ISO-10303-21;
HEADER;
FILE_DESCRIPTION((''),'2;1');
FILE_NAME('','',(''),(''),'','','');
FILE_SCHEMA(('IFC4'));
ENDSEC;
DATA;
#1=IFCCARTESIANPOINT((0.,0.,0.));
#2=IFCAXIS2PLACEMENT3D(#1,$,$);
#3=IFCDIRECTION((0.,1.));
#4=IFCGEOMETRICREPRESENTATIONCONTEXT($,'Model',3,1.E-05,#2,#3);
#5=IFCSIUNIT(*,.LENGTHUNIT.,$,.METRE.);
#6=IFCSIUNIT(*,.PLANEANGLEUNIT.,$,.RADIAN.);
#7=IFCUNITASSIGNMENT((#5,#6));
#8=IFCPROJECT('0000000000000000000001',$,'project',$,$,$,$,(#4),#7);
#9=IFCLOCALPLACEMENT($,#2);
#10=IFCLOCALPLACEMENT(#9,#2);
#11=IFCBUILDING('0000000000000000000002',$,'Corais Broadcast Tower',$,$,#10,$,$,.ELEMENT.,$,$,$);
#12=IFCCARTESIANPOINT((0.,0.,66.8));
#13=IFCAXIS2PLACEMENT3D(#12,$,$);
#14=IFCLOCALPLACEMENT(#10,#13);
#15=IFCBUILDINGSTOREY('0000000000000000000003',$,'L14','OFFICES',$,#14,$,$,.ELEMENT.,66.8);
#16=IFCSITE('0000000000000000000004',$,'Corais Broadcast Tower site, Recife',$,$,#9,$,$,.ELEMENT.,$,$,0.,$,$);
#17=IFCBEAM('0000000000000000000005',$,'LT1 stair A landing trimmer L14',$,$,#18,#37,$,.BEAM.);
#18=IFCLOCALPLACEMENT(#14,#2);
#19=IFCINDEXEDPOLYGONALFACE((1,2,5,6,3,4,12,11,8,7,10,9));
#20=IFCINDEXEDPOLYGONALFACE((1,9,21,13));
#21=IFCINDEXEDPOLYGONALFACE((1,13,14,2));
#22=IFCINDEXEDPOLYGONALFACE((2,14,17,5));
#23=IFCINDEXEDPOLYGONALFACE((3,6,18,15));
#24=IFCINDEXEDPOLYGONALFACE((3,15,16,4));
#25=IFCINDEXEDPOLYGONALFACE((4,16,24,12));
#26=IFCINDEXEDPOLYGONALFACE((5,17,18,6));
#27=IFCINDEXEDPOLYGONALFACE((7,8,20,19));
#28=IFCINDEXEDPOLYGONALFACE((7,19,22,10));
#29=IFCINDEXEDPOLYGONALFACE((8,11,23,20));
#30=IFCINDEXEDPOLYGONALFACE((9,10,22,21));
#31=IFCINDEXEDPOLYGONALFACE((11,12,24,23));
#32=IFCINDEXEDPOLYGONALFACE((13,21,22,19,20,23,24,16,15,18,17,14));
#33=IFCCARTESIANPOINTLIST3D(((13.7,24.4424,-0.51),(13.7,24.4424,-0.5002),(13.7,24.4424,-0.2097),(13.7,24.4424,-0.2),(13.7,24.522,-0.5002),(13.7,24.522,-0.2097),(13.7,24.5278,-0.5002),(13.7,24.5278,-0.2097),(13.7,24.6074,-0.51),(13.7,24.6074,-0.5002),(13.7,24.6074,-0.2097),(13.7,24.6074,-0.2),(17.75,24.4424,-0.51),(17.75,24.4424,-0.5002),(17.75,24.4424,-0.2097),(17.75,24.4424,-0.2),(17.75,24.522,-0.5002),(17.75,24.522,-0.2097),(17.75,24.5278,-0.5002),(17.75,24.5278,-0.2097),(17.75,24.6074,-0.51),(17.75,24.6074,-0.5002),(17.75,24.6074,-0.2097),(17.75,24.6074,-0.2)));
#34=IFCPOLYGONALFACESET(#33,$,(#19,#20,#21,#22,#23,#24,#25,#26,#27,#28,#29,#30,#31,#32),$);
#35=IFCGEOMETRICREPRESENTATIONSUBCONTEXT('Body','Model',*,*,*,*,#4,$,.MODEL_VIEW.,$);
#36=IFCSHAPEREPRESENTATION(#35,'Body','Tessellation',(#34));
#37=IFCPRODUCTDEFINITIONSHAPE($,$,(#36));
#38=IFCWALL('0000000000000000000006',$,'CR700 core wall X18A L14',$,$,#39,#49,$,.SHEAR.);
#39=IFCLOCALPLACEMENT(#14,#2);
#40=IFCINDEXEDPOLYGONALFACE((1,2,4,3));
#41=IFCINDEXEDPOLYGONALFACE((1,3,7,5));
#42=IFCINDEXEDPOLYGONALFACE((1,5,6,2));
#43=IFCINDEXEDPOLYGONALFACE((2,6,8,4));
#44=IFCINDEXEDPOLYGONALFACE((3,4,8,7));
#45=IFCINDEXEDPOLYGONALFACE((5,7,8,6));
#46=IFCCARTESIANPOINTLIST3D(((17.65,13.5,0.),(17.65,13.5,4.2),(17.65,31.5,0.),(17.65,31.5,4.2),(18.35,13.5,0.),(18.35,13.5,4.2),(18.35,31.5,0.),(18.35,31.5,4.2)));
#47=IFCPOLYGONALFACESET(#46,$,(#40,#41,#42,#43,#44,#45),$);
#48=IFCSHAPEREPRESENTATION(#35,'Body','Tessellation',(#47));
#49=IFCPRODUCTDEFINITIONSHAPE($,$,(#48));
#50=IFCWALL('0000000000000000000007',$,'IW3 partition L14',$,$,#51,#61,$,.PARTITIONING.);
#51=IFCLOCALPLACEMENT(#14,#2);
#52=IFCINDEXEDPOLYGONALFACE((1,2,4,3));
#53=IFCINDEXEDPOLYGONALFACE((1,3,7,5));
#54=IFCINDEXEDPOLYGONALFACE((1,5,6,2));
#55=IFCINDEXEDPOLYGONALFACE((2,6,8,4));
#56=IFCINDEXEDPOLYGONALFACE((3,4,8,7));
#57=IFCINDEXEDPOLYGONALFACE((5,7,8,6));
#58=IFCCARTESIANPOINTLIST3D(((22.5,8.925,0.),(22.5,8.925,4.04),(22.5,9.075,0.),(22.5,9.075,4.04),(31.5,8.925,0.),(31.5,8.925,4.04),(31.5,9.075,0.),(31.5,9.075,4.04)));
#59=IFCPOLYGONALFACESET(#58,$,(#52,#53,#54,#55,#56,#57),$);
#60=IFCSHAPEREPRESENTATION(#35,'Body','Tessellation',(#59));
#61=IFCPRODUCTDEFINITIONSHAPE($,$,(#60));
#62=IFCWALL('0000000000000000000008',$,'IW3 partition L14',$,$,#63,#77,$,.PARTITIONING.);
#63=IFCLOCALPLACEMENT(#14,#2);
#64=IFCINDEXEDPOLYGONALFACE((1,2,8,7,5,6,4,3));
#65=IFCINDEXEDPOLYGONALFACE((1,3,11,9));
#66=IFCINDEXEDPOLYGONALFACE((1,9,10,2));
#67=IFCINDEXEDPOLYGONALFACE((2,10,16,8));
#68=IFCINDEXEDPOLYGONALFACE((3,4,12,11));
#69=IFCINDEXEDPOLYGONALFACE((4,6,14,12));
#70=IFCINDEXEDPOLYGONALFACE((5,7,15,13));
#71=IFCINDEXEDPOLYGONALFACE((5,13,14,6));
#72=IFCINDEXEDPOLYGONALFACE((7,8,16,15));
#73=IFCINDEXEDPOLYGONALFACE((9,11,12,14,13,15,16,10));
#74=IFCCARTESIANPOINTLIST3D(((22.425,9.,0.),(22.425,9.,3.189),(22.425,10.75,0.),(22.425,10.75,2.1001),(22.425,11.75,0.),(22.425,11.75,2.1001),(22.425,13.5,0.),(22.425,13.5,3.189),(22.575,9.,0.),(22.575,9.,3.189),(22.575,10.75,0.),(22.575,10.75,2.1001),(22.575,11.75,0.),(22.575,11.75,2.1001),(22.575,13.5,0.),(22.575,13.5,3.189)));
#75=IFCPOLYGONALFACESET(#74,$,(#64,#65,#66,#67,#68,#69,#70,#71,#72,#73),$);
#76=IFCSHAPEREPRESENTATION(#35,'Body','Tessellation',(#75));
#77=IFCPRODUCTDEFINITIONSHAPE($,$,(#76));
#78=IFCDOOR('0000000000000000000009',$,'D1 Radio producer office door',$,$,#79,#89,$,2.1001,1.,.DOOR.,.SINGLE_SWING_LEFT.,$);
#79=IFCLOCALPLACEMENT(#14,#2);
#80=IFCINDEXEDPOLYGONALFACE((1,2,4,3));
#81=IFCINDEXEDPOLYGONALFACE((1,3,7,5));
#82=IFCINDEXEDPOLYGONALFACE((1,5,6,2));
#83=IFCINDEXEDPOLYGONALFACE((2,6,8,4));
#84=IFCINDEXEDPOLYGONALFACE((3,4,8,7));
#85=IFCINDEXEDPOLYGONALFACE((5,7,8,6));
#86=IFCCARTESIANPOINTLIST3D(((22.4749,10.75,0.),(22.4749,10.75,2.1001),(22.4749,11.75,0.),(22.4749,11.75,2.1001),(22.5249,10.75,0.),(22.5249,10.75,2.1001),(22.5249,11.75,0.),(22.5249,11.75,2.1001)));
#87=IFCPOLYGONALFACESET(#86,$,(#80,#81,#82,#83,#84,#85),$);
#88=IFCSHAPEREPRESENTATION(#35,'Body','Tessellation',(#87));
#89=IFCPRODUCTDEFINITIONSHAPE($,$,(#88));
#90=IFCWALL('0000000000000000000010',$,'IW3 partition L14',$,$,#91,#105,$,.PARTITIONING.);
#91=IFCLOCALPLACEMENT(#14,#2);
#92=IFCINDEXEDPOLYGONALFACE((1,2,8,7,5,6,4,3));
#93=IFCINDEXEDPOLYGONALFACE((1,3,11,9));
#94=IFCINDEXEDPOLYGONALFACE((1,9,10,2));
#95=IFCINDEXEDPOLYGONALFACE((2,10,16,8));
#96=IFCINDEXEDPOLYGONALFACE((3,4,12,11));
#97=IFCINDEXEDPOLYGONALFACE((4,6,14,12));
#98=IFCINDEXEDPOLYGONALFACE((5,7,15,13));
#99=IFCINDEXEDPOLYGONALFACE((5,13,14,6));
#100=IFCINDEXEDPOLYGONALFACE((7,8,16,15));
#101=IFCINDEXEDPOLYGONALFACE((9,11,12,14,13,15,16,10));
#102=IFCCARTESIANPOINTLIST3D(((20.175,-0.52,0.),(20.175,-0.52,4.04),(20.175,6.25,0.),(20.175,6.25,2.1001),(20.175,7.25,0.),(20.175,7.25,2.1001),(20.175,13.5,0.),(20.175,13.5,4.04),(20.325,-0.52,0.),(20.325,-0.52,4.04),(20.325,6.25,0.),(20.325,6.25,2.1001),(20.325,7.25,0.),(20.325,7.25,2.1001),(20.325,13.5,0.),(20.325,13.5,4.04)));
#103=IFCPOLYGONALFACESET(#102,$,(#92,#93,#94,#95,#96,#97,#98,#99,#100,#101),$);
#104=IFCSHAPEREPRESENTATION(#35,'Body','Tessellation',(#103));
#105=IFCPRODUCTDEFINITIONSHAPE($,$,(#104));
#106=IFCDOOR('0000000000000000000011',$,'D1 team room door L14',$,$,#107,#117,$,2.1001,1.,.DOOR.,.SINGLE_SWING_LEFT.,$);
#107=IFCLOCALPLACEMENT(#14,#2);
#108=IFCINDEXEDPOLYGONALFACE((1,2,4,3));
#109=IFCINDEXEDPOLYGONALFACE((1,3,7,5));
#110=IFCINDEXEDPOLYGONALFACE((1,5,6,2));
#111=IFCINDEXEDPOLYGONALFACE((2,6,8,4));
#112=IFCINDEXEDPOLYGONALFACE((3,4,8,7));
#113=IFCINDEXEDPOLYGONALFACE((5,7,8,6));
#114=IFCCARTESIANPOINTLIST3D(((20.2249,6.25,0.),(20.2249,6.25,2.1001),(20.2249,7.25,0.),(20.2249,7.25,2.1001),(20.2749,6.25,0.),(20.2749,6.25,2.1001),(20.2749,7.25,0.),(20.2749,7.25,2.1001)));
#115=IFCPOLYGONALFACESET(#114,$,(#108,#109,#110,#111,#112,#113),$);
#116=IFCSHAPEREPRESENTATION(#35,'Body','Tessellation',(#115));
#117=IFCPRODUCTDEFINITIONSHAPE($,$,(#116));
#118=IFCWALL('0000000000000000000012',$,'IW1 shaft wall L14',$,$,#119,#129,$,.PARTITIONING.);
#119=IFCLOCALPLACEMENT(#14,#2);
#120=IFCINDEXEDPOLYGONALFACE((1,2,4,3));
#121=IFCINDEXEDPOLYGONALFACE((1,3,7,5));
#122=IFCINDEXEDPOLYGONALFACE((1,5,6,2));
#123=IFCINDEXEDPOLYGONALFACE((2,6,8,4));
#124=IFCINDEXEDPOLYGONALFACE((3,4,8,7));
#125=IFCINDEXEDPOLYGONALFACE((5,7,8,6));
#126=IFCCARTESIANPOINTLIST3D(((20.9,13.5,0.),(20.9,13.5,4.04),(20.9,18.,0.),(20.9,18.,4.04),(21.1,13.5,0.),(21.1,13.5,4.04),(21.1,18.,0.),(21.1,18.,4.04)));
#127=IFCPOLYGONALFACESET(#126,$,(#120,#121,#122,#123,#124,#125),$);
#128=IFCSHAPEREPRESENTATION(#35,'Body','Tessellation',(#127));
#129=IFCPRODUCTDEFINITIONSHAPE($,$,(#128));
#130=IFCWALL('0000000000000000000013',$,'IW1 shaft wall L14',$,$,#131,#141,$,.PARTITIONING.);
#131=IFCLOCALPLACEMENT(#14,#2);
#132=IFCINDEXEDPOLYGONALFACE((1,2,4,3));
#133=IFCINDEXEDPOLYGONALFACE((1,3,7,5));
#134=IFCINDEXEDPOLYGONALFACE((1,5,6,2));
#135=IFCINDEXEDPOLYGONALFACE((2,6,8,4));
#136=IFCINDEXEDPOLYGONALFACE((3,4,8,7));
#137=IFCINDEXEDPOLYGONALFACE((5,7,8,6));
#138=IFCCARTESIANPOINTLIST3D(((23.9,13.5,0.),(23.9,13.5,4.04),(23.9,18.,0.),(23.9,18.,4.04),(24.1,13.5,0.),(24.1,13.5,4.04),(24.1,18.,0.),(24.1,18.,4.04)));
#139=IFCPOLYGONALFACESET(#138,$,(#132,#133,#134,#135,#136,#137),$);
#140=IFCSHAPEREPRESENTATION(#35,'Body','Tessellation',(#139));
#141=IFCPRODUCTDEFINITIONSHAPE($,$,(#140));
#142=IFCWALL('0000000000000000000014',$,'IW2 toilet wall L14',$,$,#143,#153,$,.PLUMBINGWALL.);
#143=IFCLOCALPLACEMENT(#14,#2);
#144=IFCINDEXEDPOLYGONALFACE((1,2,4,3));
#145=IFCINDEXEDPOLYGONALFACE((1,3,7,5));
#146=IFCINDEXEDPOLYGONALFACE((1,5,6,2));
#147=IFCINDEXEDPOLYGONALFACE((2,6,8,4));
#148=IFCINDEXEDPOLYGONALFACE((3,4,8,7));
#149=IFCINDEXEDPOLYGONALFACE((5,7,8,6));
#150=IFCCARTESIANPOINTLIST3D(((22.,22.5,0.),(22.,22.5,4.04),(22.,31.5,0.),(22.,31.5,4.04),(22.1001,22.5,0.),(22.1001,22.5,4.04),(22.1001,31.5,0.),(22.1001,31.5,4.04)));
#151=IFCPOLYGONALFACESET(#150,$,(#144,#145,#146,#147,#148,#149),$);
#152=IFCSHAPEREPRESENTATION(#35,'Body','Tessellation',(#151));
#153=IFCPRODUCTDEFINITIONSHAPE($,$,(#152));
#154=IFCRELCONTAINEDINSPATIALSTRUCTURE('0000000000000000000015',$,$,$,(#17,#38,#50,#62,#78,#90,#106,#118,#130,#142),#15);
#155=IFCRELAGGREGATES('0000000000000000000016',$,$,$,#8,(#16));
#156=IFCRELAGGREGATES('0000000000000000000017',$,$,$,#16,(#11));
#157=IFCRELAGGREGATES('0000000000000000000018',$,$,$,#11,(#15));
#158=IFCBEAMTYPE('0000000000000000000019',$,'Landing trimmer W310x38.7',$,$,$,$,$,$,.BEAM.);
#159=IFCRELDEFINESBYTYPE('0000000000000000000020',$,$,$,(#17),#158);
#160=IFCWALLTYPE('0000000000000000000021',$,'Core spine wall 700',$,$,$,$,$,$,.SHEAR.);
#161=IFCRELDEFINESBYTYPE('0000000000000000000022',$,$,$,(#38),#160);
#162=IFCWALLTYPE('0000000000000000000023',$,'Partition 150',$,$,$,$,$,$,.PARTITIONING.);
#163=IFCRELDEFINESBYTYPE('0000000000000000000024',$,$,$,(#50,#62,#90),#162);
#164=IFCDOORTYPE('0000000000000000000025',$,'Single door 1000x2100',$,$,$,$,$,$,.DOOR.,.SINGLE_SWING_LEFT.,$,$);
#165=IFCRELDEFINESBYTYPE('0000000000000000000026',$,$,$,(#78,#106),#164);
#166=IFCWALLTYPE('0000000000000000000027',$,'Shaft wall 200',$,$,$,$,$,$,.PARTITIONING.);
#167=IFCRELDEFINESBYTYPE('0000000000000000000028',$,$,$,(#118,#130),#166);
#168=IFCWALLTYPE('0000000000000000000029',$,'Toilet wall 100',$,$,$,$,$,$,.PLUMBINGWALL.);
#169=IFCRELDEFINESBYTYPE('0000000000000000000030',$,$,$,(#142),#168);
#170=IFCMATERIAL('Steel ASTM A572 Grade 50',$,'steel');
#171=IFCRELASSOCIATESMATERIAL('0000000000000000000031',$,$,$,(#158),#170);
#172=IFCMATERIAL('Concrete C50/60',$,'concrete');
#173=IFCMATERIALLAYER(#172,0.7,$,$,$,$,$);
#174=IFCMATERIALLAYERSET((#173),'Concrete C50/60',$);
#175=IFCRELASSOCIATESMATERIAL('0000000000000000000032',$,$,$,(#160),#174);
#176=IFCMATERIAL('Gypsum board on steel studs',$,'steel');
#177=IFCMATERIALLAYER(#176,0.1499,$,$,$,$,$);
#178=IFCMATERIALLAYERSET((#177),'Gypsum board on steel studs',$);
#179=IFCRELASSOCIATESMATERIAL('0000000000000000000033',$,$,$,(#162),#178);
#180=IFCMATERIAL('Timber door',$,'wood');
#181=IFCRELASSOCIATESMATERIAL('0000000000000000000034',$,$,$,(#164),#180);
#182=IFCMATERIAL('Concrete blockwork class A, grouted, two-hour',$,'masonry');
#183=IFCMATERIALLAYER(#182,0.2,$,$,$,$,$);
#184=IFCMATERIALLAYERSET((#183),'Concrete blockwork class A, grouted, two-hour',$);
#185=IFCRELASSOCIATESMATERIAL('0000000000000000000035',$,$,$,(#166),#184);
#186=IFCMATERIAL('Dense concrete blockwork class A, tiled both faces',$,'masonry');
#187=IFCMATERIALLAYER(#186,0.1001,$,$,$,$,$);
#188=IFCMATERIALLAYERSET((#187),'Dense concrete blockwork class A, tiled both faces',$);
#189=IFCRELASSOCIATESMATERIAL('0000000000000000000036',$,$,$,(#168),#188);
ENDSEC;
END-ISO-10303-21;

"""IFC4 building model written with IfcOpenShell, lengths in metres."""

from ifc_helpers import new_model, si_unit, direction, frame, frame_2d, origin, origin_2d, place, context, subcontext, project, spatial, rectangle, i_section, extrude, material, layer, layer_set, material_profile, profile_set, type_object, element, fill, save


model = new_model("IFC4")

# Units and contexts
model_context = context("Model", 3, precision=1e-05, world=origin(), true_north=direction((0.0, 1.0)))
body_context = subcontext(model_context, "Body", "Model", "MODEL_VIEW")
ifc_project = project(units=[si_unit("LENGTHUNIT", "METRE"), si_unit("PLANEANGLEUNIT", "RADIAN")], contexts=[model_context])

# Site, building, storey
site_placement = place(None, origin())
site = spatial("IfcSite", under=ifc_project, at=site_placement, Name="Corais Broadcast Tower site, Recife", CompositionType="ELEMENT", RefElevation=0.0)
building_placement = place(site_placement, origin())
building = spatial("IfcBuilding", under=site, at=building_placement, Name="Corais Broadcast Tower", CompositionType="ELEMENT")
storey_placement = place(building_placement, frame((0.0, 0.0, 66.8)))
storey = spatial("IfcBuildingStorey", under=building, at=storey_placement, Name="L14", Description="OFFICES", CompositionType="ELEMENT", Elevation=66.8)

# Beam
ifc_material_1 = material(Name="Steel ASTM A572 Grade 50", Category="steel")
ifc_material_profile = material_profile(ifc_material_1, i_section(OverallWidth=0.165, OverallDepth=0.3101, WebThickness=0.0059, FlangeThickness=0.0098, at=origin_2d()), Name="W310x38.7")
ifc_profile_set = profile_set([ifc_material_profile], Name="Steel ASTM A572 Grade 50")
beam_type = type_object("IfcBeamType", Name="Landing trimmer W310x38.7", PredefinedType="BEAM", material=ifc_profile_set)
beam_placement = place(storey_placement, frame((13.7, 24.5249, -0.355), z_axis=(1.0, 0.0, 0.0), x_axis=(0.0, 1.0, 0.0)))
element("IfcBeam", 1, at=beam_placement, inside=storey, type_object=beam_type, Name="LT1 stair A landing trimmer L14", PredefinedType="BEAM", context=body_context, shape_type="SweptSolid", body=[
    extrude(i_section(OverallWidth=0.165, OverallDepth=0.3101, WebThickness=0.0059, FlangeThickness=0.0098, at=origin_2d()), origin(), (0.0, 0.0, 1.0), 4.05),
])

# Walls
ifc_material_2 = material(Name="Concrete C50/60", Category="concrete")
ifc_layer_1 = layer(ifc_material_2, 0.7)
ifc_layer_set_1 = layer_set([ifc_layer_1], Name="Concrete C50/60")
wall_type_1 = type_object("IfcWallType", Name="Core spine wall 700", PredefinedType="SHEAR", material=ifc_layer_set_1)
wall_1_placement = place(storey_placement, frame((18.0, 13.5, 0.0), z_axis=(0.0, 0.0, 1.0), x_axis=(0.0, 1.0, 0.0)))
element("IfcWall", 2, at=wall_1_placement, inside=storey, type_object=wall_type_1, Name="CR700 core wall X18A L14", PredefinedType="SHEAR", context=body_context, shape_type="SweptSolid", body=[
    extrude(rectangle(XDim=18.0, YDim=0.7, at=frame_2d((9.0, 0.0))), origin(), (0.0, 0.0, 1.0), 4.2),
])
ifc_material_3 = material(Name="Gypsum board on steel studs", Category="steel")
ifc_layer_2 = layer(ifc_material_3, 0.1499)
ifc_layer_set_2 = layer_set([ifc_layer_2], Name="Gypsum board on steel studs")
wall_type_2 = type_object("IfcWallType", Name="Partition 150", PredefinedType="PARTITIONING", material=ifc_layer_set_2)
wall_2_placement = place(storey_placement, frame((22.5, 9.0, 0.0), z_axis=(0.0, 0.0, 1.0), x_axis=(1.0, 0.0, 0.0)))
element("IfcWall", 3, at=wall_2_placement, inside=storey, type_object=wall_type_2, Name="IW3 partition L14", PredefinedType="PARTITIONING", context=body_context, shape_type="SweptSolid", body=[
    extrude(rectangle(XDim=9.0, YDim=0.1499, at=frame_2d((4.5, 0.0))), origin(), (0.0, 0.0, 1.0), 4.04),
])

# Walls, openings, doors
wall_3_placement = place(storey_placement, frame((22.5, 13.5, 0.0), z_axis=(0.0, 0.0, 1.0), x_axis=(0.0, -1.0, 0.0)))
wall_3 = element("IfcWall", 4, at=wall_3_placement, inside=storey, type_object=wall_type_2, Name="IW3 partition L14", PredefinedType="PARTITIONING", context=body_context, shape_type="SweptSolid", body=[
    extrude(rectangle(XDim=4.5, YDim=0.1499, at=frame_2d((2.25, 0.0))), origin(), (0.0, 0.0, 1.0), 3.189),
])
opening_1_placement = place(wall_3_placement, frame((1.75, 0.0, 0.0)))
opening_1 = element("IfcOpeningElement", 5, at=opening_1_placement, cuts=wall_3, PredefinedType="OPENING", context=body_context, shape_type="SweptSolid", body=[
    extrude(rectangle(XDim=1.0, YDim=2.1001, at=frame_2d((0.5, 1.05))), frame((0.0, 0.085, 0.0), z_axis=(0.0, -1.0, 0.0), x_axis=(1.0, 0.0, 0.0)), (0.0, 0.0, 1.0), 0.1699),
])
ifc_material_4 = material(Name="Timber door", Category="wood")
door_type = type_object("IfcDoorType", Name="Single door 1000x2100", OperationType="SINGLE_SWING_LEFT", PredefinedType="DOOR", material=ifc_material_4)
door_1_placement = place(opening_1_placement, origin())
door_1 = element("IfcDoor", 6, at=door_1_placement, inside=storey, type_object=door_type, Name="D1 Radio producer office door", OperationType="SINGLE_SWING_LEFT", OverallHeight=2.1001, OverallWidth=1.0, PredefinedType="DOOR", context=body_context, shape_type="SweptSolid", body=[
    extrude(rectangle(XDim=1.0, YDim=2.1001, at=frame_2d((0.5, 1.05))), frame((0.0, 0.0249, 0.0), z_axis=(0.0, -1.0, 0.0), x_axis=(1.0, 0.0, 0.0)), (0.0, 0.0, 1.0), 0.05),
])
fill(opening_1, door_1)
wall_4_placement = place(storey_placement, frame((20.25, 13.5, 0.0), z_axis=(0.0, 0.0, 1.0), x_axis=(0.0, -1.0, 0.0)))
wall_4 = element("IfcWall", 7, at=wall_4_placement, inside=storey, type_object=wall_type_2, Name="IW3 partition L14", PredefinedType="PARTITIONING", context=body_context, shape_type="SweptSolid", body=[
    extrude(rectangle(XDim=14.02, YDim=0.1499, at=frame_2d((7.01, 0.0))), origin(), (0.0, 0.0, 1.0), 4.04),
])
opening_2_placement = place(wall_4_placement, frame((6.25, 0.0, 0.0)))
opening_2 = element("IfcOpeningElement", 8, at=opening_2_placement, cuts=wall_4, PredefinedType="OPENING", context=body_context, shape_type="SweptSolid", body=[
    extrude(rectangle(XDim=1.0, YDim=2.1001, at=frame_2d((0.5, 1.05))), frame((0.0, 0.085, 0.0), z_axis=(0.0, -1.0, 0.0), x_axis=(1.0, 0.0, 0.0)), (0.0, 0.0, 1.0), 0.1699),
])
door_2_placement = place(opening_2_placement, origin())
door_2 = element("IfcDoor", 9, at=door_2_placement, inside=storey, type_object=door_type, Name="D1 team room door L14", OperationType="SINGLE_SWING_LEFT", OverallHeight=2.1001, OverallWidth=1.0, PredefinedType="DOOR", context=body_context, shape_type="SweptSolid", body=[
    extrude(rectangle(XDim=1.0, YDim=2.1001, at=frame_2d((0.5, 1.05))), frame((0.0, 0.0249, 0.0), z_axis=(0.0, -1.0, 0.0), x_axis=(1.0, 0.0, 0.0)), (0.0, 0.0, 1.0), 0.05),
])
fill(opening_2, door_2)

# Walls
ifc_material_5 = material(Name="Concrete blockwork class A, grouted, two-hour", Category="masonry")
ifc_layer_3 = layer(ifc_material_5, 0.2)
ifc_layer_set_3 = layer_set([ifc_layer_3], Name="Concrete blockwork class A, grouted, two-hour")
wall_type_3 = type_object("IfcWallType", Name="Shaft wall 200", PredefinedType="PARTITIONING", material=ifc_layer_set_3)
for number, where, z_axis, x_axis, name in (
    (10, (21.0, 13.5, 0.0), (0.0, 0.0, 1.0), (0.0, 1.0, 0.0), "IW1 shaft wall L14"),
    (11, (24.0, 13.5, 0.0), (0.0, 0.0, 1.0), (0.0, 1.0, 0.0), "IW1 shaft wall L14"),
):
    element("IfcWall", number, at=place(storey_placement, frame(where, z_axis=z_axis, x_axis=x_axis)), inside=storey, type_object=wall_type_3, Name=name, PredefinedType="PARTITIONING", context=body_context, shape_type="SweptSolid", body=[
        extrude(rectangle(XDim=4.5, YDim=0.2, at=frame_2d((2.25, 0.0))), origin(), (0.0, 0.0, 1.0), 4.04),
    ])
ifc_material_6 = material(Name="Dense concrete blockwork class A, tiled both faces", Category="masonry")
ifc_layer_4 = layer(ifc_material_6, 0.1001)
ifc_layer_set_4 = layer_set([ifc_layer_4], Name="Dense concrete blockwork class A, tiled both faces")
wall_type_4 = type_object("IfcWallType", Name="Toilet wall 100", PredefinedType="PLUMBINGWALL", material=ifc_layer_set_4)
wall_5_placement = place(storey_placement, frame((22.05, 22.5, 0.0), z_axis=(0.0, 0.0, 1.0), x_axis=(0.0, 1.0, 0.0)))
element("IfcWall", 12, at=wall_5_placement, inside=storey, type_object=wall_type_4, Name="IW2 toilet wall L14", PredefinedType="PLUMBINGWALL", context=body_context, shape_type="SweptSolid", body=[
    extrude(rectangle(XDim=9.0, YDim=0.1001, at=frame_2d((4.5, 0.0))), origin(), (0.0, 0.0, 1.0), 4.04),
])

save(model, "model.ifc")
